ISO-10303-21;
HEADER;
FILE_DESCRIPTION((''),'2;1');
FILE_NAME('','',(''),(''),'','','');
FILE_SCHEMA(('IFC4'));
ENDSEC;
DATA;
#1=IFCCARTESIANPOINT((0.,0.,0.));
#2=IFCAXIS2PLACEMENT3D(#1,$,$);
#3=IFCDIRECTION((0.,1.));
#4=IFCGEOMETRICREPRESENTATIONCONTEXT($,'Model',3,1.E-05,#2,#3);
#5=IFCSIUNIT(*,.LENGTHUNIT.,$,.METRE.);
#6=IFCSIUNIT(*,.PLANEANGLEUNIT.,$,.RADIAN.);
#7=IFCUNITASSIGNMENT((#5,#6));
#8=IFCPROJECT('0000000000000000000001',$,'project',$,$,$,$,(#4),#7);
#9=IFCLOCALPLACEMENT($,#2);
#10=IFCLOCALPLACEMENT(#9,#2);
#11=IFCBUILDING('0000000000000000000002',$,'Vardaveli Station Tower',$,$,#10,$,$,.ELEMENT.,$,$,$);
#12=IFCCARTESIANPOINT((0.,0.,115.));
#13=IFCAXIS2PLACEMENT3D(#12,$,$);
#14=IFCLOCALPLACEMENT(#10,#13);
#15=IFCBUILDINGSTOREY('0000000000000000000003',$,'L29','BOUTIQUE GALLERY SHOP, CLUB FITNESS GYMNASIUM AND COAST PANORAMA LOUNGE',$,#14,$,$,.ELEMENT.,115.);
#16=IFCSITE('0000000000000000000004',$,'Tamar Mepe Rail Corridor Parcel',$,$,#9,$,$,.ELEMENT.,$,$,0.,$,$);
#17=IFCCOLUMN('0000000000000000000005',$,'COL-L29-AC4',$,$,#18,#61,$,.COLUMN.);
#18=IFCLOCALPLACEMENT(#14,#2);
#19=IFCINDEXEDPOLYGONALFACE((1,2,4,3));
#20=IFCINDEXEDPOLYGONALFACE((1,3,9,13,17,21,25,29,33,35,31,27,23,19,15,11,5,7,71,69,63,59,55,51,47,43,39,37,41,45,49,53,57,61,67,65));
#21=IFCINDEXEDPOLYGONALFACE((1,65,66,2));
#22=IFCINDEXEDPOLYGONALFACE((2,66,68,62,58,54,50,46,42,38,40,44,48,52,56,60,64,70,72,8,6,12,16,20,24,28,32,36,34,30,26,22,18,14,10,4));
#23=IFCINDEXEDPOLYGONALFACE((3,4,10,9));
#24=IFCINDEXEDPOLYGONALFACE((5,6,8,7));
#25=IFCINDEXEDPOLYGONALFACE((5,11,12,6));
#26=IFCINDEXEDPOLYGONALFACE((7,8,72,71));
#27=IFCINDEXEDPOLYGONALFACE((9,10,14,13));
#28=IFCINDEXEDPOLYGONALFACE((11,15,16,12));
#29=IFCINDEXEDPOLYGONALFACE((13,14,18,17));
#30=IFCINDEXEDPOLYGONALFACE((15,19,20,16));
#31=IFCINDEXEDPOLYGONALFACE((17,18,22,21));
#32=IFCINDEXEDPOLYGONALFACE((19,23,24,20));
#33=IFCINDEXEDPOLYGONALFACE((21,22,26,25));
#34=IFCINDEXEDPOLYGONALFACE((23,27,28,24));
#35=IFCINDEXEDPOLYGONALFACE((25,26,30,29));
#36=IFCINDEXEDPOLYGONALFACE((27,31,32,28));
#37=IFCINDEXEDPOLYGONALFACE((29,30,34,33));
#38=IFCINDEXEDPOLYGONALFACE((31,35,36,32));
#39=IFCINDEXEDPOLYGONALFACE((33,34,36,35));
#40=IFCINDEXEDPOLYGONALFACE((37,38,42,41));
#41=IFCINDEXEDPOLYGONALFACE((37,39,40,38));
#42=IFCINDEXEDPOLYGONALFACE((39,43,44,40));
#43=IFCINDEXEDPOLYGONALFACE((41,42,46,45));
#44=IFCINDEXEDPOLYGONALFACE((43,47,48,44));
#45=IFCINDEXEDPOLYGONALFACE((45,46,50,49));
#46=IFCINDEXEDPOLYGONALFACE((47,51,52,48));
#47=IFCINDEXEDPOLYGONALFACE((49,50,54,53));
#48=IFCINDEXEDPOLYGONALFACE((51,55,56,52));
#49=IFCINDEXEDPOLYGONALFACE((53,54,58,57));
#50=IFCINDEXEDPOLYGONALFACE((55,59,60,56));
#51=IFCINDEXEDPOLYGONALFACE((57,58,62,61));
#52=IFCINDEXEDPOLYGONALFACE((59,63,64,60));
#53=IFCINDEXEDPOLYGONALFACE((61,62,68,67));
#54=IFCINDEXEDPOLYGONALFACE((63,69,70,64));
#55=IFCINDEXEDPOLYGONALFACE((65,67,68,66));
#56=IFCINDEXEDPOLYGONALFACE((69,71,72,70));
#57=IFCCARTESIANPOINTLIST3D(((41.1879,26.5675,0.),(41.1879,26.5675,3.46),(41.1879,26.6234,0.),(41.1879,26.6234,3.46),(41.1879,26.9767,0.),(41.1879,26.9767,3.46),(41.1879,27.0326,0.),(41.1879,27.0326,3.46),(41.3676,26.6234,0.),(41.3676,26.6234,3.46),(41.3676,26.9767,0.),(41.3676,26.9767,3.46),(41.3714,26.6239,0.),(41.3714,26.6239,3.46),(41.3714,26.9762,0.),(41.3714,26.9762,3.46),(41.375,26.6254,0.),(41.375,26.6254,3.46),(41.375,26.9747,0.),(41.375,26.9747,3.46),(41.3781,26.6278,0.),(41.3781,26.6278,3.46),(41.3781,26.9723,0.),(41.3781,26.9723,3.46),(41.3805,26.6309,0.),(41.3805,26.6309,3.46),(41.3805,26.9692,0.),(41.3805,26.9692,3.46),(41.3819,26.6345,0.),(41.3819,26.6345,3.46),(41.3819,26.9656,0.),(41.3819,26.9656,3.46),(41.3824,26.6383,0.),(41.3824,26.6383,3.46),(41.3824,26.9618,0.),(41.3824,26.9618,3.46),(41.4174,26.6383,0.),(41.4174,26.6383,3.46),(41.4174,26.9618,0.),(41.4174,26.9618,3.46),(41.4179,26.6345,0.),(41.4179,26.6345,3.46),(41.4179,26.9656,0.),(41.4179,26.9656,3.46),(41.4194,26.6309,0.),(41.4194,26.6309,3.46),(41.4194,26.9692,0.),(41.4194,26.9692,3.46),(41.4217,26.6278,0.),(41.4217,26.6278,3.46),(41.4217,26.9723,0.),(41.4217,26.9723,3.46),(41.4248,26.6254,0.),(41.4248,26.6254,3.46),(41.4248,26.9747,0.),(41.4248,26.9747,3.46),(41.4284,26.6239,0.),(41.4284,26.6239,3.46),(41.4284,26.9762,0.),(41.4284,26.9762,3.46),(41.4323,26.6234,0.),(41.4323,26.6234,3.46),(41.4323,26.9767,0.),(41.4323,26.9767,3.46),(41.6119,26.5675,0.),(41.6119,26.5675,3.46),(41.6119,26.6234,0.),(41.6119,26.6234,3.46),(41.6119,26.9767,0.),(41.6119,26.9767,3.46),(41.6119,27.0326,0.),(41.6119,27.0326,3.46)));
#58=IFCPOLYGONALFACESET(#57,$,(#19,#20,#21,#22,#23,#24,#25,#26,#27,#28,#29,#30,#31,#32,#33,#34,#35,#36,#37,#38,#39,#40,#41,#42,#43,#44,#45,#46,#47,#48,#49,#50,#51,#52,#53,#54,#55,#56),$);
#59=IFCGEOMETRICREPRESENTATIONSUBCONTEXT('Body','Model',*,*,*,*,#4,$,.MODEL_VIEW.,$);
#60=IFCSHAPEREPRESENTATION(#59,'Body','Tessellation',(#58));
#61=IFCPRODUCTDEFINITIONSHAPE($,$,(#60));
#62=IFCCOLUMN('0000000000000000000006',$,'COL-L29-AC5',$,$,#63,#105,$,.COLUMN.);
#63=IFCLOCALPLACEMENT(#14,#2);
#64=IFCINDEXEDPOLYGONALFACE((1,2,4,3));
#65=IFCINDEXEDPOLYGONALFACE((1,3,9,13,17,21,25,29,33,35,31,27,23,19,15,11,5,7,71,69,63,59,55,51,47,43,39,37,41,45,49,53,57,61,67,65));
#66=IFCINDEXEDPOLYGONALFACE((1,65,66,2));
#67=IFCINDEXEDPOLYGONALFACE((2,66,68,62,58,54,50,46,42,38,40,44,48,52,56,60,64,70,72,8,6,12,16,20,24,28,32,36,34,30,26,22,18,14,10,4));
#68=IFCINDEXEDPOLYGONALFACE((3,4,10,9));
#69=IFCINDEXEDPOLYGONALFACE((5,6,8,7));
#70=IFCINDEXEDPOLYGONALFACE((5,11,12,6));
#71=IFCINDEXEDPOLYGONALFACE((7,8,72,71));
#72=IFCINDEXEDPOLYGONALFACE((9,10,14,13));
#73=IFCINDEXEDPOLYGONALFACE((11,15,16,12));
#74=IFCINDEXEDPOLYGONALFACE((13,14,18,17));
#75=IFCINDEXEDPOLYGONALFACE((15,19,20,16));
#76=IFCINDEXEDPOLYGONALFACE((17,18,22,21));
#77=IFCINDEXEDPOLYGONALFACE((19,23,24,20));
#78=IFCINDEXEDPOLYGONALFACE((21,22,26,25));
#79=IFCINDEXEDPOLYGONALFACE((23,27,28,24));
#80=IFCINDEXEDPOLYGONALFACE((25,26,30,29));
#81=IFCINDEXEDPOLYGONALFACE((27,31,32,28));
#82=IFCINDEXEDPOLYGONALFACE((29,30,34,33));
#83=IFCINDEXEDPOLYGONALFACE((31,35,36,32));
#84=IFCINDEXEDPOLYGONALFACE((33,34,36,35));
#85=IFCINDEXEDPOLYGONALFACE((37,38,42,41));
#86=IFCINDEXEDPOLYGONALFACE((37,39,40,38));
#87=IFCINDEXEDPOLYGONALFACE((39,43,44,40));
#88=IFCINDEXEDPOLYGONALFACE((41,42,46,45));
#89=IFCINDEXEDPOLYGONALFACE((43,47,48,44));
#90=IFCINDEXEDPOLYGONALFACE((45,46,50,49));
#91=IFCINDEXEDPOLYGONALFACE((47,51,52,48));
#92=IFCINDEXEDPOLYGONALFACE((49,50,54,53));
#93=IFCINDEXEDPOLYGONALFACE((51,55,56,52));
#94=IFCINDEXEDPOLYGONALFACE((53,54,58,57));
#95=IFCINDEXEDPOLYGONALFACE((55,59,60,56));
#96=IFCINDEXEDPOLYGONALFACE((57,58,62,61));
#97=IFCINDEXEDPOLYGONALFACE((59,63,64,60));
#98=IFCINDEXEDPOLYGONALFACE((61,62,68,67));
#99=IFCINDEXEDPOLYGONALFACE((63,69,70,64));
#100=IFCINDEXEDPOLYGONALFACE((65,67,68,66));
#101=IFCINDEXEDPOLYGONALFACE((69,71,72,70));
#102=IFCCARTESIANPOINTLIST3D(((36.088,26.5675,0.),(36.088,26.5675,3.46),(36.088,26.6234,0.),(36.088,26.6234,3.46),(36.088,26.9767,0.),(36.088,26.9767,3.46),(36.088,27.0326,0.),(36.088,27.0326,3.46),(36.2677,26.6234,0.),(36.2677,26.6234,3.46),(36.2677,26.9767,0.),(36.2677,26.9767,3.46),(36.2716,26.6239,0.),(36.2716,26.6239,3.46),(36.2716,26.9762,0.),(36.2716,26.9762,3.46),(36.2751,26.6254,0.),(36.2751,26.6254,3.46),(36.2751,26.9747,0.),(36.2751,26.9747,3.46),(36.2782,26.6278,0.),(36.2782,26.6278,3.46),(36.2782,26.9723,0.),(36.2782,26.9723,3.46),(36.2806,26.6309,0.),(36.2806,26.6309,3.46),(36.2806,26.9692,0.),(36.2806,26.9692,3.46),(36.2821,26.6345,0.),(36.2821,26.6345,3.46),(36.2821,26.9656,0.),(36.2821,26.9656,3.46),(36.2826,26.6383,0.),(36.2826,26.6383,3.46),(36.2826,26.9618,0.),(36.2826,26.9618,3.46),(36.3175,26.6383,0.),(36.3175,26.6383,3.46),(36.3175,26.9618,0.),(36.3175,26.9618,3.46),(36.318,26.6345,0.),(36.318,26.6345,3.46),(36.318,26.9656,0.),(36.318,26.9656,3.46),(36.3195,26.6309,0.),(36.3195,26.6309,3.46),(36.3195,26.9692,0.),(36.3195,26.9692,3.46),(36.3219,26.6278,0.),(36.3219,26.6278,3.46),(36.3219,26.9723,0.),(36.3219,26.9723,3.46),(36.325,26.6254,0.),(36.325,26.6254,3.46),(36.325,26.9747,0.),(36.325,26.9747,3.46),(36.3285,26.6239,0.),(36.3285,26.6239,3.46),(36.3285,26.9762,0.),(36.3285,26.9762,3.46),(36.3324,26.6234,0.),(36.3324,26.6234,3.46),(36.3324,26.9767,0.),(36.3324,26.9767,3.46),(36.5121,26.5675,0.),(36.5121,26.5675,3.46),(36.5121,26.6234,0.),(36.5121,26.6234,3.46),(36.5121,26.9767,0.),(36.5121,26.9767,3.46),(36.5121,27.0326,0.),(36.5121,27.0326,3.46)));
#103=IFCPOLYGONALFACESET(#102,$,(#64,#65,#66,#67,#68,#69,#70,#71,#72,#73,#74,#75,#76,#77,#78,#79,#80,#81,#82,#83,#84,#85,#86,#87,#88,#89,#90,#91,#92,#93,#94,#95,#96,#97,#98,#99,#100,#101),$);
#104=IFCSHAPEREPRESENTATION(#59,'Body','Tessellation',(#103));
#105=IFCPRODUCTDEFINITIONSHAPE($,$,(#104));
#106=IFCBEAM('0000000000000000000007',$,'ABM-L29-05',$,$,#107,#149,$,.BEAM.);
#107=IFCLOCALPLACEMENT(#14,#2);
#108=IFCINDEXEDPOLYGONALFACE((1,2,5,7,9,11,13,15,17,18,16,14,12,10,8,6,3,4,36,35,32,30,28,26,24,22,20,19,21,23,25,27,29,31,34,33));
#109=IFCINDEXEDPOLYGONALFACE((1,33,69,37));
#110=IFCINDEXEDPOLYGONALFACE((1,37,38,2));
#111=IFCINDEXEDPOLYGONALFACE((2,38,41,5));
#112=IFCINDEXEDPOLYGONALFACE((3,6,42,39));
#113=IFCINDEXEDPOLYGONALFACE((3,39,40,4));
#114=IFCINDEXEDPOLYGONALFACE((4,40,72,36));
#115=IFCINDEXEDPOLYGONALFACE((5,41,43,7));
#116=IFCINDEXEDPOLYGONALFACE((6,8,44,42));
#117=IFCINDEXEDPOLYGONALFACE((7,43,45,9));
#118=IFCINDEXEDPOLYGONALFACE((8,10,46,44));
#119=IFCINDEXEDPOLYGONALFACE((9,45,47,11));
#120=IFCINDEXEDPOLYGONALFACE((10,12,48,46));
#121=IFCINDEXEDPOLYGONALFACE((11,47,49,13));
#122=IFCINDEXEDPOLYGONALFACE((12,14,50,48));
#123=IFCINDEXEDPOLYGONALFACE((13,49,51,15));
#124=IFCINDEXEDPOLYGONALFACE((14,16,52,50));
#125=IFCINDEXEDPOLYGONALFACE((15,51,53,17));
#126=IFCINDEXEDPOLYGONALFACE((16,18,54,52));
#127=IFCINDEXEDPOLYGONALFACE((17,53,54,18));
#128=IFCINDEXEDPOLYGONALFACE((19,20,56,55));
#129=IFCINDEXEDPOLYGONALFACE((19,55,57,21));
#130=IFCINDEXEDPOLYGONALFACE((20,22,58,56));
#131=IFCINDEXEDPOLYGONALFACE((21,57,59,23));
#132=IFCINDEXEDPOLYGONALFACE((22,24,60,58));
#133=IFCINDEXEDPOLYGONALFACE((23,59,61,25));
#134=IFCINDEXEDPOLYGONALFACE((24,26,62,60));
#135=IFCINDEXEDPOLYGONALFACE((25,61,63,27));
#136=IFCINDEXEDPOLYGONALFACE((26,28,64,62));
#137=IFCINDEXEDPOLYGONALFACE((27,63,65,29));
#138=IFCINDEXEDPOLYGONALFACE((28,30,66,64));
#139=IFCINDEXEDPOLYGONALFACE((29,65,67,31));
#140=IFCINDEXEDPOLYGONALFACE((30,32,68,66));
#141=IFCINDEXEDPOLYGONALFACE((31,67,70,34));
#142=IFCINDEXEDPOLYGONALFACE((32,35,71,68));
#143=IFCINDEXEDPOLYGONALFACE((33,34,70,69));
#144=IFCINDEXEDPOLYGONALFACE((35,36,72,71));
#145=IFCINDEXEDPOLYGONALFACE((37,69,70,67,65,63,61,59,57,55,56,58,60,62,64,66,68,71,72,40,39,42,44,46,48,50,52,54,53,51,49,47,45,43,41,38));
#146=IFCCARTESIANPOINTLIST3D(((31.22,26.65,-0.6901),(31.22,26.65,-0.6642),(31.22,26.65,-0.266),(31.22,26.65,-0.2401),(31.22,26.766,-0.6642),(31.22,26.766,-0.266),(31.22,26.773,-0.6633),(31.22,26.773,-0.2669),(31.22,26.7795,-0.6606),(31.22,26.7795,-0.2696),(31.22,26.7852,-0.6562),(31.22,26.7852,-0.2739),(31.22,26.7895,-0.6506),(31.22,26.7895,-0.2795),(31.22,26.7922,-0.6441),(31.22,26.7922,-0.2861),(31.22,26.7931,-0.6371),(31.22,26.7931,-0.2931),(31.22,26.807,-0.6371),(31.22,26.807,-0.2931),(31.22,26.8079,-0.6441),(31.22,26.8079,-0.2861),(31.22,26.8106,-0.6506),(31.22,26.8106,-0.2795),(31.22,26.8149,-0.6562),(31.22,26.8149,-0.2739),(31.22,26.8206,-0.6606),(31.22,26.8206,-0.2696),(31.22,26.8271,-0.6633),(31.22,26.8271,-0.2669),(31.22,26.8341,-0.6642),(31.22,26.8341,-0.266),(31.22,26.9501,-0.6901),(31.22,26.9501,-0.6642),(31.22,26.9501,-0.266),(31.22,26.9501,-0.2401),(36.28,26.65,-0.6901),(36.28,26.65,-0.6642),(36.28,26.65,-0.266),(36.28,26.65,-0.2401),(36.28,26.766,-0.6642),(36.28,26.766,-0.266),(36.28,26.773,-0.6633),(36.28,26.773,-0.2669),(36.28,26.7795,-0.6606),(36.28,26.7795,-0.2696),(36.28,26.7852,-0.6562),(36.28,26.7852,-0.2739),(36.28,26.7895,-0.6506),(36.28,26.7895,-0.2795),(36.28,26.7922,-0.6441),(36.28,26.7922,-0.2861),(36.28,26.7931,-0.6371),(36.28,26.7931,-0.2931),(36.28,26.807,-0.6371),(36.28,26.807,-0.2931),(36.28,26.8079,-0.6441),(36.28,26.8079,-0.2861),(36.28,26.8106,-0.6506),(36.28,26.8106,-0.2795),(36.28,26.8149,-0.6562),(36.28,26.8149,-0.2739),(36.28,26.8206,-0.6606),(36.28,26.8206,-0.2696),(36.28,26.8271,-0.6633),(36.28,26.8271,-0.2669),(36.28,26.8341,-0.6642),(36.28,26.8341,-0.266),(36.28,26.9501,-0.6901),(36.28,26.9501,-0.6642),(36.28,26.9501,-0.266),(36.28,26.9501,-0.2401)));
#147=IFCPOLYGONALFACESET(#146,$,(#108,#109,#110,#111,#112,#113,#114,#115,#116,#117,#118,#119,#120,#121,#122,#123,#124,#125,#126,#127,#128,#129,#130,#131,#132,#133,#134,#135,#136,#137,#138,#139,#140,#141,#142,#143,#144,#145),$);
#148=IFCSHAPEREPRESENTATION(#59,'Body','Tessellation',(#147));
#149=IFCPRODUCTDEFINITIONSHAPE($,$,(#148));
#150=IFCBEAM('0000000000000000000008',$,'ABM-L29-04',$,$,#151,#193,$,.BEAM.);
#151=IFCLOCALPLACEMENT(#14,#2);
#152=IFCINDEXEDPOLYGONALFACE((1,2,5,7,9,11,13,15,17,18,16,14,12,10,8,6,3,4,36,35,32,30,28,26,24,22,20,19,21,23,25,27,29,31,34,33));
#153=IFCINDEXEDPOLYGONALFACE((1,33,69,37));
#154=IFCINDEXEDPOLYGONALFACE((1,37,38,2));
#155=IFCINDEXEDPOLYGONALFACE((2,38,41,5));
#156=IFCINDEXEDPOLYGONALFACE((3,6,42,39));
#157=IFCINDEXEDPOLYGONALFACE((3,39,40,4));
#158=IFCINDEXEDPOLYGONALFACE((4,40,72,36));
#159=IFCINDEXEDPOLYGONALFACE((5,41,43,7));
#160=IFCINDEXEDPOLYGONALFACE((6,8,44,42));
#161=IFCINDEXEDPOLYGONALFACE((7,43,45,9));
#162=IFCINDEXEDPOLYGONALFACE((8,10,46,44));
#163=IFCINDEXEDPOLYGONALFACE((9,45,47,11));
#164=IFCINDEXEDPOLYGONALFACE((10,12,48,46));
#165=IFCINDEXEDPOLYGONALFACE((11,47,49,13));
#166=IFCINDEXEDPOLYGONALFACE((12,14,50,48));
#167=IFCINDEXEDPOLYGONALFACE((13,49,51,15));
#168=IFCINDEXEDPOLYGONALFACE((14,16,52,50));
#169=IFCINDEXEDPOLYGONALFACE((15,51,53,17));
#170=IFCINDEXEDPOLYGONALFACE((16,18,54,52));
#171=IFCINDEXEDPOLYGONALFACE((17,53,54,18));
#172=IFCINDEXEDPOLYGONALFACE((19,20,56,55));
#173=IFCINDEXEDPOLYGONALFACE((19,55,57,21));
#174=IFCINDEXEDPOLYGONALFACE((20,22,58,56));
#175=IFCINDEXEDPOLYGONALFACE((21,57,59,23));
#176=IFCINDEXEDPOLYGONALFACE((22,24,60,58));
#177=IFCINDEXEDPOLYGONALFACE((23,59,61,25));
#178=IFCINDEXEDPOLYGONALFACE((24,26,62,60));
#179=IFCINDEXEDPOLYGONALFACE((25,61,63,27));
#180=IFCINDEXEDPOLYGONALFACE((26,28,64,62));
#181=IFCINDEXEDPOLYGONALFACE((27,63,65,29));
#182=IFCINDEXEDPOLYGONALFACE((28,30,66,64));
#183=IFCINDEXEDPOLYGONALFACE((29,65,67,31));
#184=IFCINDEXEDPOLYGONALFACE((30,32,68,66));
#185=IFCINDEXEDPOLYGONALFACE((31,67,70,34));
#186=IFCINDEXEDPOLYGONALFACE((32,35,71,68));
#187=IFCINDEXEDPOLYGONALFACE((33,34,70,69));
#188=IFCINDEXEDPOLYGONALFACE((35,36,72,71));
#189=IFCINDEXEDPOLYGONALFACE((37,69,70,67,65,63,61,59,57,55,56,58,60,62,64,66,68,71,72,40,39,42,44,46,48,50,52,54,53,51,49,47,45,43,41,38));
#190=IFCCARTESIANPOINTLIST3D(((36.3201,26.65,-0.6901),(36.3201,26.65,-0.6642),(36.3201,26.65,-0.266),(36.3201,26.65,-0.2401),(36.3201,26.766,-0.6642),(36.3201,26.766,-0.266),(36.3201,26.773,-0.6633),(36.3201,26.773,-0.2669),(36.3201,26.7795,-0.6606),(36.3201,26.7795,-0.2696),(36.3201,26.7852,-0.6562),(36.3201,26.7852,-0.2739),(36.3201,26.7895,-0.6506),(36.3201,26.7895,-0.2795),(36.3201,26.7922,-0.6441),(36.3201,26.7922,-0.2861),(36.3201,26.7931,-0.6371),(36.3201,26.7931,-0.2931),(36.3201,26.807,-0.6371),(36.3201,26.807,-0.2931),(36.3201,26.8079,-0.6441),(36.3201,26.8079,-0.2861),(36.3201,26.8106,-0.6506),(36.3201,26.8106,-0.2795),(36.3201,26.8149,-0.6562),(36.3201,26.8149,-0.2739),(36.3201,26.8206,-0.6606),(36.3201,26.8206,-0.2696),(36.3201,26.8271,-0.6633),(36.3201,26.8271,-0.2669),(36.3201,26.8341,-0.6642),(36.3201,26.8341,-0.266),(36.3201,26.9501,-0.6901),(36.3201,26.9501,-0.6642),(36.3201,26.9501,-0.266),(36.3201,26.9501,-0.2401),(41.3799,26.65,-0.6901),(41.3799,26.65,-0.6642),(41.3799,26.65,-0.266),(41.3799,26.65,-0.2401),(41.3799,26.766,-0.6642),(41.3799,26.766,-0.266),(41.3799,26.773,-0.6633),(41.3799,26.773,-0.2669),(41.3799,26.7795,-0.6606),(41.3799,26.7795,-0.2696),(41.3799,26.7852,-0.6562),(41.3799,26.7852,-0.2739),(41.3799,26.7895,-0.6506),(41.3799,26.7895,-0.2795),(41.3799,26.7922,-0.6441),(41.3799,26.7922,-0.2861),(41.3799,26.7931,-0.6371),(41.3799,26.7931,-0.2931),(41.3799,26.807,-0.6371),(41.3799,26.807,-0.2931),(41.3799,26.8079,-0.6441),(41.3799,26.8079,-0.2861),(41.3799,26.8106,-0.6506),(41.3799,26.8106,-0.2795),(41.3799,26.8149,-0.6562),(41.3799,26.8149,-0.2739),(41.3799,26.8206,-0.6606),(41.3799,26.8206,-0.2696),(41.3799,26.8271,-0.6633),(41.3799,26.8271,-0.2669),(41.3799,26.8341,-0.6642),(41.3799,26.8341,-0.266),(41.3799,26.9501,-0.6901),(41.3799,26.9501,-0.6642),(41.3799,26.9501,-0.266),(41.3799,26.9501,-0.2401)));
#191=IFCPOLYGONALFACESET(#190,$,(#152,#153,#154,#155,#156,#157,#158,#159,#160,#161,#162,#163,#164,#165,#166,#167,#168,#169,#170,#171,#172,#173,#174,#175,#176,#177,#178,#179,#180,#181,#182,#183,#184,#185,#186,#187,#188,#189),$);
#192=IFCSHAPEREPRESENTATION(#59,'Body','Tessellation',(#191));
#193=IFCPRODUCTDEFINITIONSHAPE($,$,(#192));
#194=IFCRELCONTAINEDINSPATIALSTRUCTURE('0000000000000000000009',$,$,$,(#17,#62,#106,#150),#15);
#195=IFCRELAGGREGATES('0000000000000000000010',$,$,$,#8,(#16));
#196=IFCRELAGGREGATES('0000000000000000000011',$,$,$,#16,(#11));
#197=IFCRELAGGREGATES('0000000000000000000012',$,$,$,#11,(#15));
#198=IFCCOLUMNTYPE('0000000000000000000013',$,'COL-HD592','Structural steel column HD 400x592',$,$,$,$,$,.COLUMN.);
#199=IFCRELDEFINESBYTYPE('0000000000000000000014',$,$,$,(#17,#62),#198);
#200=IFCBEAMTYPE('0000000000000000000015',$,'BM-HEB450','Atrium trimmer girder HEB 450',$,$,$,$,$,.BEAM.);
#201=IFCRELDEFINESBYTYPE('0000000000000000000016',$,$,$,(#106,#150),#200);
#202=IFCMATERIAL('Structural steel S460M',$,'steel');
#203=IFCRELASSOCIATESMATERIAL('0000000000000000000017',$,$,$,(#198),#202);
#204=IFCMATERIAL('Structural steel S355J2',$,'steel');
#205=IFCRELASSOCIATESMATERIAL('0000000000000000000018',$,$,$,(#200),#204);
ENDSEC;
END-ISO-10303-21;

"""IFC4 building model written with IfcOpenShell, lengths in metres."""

from ifc_helpers import new_model, si_unit, direction, frame, origin, origin_2d, place, context, subcontext, project, spatial, i_section, extrude, source, transform, mapped, material, material_profile, profile_set, type_object, element, save


model = new_model("IFC4")

# Units and contexts
model_context = context("Model", 3, precision=1e-05, world=origin(), true_north=direction((0.0, 1.0)))
body_context = subcontext(model_context, "Body", "Model", "MODEL_VIEW")
ifc_project = project(units=[si_unit("LENGTHUNIT", "METRE"), si_unit("PLANEANGLEUNIT", "RADIAN")], contexts=[model_context])

# Site, building, storey
site_placement = place(None, origin())
site = spatial("IfcSite", under=ifc_project, at=site_placement, Name="Tamar Mepe Rail Corridor Parcel", CompositionType="ELEMENT", RefElevation=0.0)
building_placement = place(site_placement, origin())
building = spatial("IfcBuilding", under=site, at=building_placement, Name="Vardaveli Station Tower", CompositionType="ELEMENT")
storey_placement = place(building_placement, frame((0.0, 0.0, 115.0)))
storey = spatial("IfcBuildingStorey", under=building, at=storey_placement, Name="L29", Description="BOUTIQUE GALLERY SHOP, CLUB FITNESS GYMNASIUM AND COAST PANORAMA LOUNGE", CompositionType="ELEMENT", Elevation=115.0)

# Columns
ifc_material_1 = material(Name="Structural steel S460M", Category="steel")
ifc_material_profile_1 = material_profile(ifc_material_1, i_section(OverallWidth=0.4241, OverallDepth=0.4651, WebThickness=0.0349, FlangeThickness=0.0559, FilletRadius=0.0149, at=origin_2d()), Name="HD 400x592")
ifc_profile_set_1 = profile_set([ifc_material_profile_1], Name="Structural steel S460M")
column_type = type_object("IfcColumnType", Name="COL-HD592", Description="Structural steel column HD 400x592", PredefinedType="COLUMN", material=ifc_profile_set_1)
shared_shape_1 = source(origin(), body_context, "Body", "SweptSolid", [
    extrude(i_section(OverallWidth=0.4241, OverallDepth=0.4651, WebThickness=0.0349, FlangeThickness=0.0559, FilletRadius=0.0149, at=origin_2d()), origin(), (0.0, 0.0, 1.0), 3.46),
])
for number, where, z_axis, x_axis, name in (
    (1, (41.3999, 26.8, 0.0), (0.0, 0.0, 1.0), (1.0, 0.0, 0.0), "COL-L29-AC4"),
    (2, (36.3, 26.8, 0.0), (0.0, 0.0, 1.0), (1.0, 0.0, 0.0), "COL-L29-AC5"),
):
    element("IfcColumn", number, at=place(storey_placement, frame(where, z_axis=z_axis, x_axis=x_axis)), inside=storey, type_object=column_type, Name=name, PredefinedType="COLUMN", context=body_context, shape_type="MappedRepresentation", body=[
        mapped(shared_shape_1, transform((0.0, 0.0, 0.0), scale=1.0)),
    ])

# Beams
ifc_material_2 = material(Name="Structural steel S355J2", Category="steel")
ifc_material_profile_2 = material_profile(ifc_material_2, i_section(OverallWidth=0.3, OverallDepth=0.45, WebThickness=0.0139, FlangeThickness=0.0259, FilletRadius=0.0271, at=origin_2d()), Name="HEB 450")
ifc_profile_set_2 = profile_set([ifc_material_profile_2], Name="Structural steel S355J2")
beam_type_1 = type_object("IfcBeamType", Name="BM-HEB450", Description="Atrium trimmer girder HEB 450", PredefinedType="BEAM", material=ifc_profile_set_2)
shared_shape_2 = source(origin(), body_context, "Body", "SweptSolid", [
    extrude(i_section(OverallWidth=0.3, OverallDepth=0.45, WebThickness=0.0139, FlangeThickness=0.0259, FilletRadius=0.0271, at=origin_2d()), origin(), (0.0, 0.0, 1.0), 5.0601),
])
beam_1_placement = place(storey_placement, frame((36.28, 26.8, -0.4651), z_axis=(-1.0, 0.0, 0.0), x_axis=(0.0, -1.0, 0.0)))
element("IfcBeam", 3, at=beam_1_placement, inside=storey, type_object=beam_type_1, Name="ABM-L29-05", PredefinedType="BEAM", context=body_context, shape_type="MappedRepresentation", body=[
    mapped(shared_shape_2, transform((0.0, 0.0, 0.0), scale=1.0)),
])
shared_shape_3 = source(origin(), body_context, "Body", "SweptSolid", [
    extrude(i_section(OverallWidth=0.3, OverallDepth=0.45, WebThickness=0.0139, FlangeThickness=0.0259, FilletRadius=0.0271, at=origin_2d()), origin(), (0.0, 0.0, 1.0), 5.0598),
])
beam_2_placement = place(storey_placement, frame((41.3799, 26.8, -0.4651), z_axis=(-1.0, 0.0, 0.0), x_axis=(0.0, -1.0, 0.0)))
element("IfcBeam", 4, at=beam_2_placement, inside=storey, type_object=beam_type_1, Name="ABM-L29-04", PredefinedType="BEAM", context=body_context, shape_type="MappedRepresentation", body=[
    mapped(shared_shape_3, transform((0.0, 0.0, 0.0), scale=1.0)),
])

save(model, "model.ifc")
